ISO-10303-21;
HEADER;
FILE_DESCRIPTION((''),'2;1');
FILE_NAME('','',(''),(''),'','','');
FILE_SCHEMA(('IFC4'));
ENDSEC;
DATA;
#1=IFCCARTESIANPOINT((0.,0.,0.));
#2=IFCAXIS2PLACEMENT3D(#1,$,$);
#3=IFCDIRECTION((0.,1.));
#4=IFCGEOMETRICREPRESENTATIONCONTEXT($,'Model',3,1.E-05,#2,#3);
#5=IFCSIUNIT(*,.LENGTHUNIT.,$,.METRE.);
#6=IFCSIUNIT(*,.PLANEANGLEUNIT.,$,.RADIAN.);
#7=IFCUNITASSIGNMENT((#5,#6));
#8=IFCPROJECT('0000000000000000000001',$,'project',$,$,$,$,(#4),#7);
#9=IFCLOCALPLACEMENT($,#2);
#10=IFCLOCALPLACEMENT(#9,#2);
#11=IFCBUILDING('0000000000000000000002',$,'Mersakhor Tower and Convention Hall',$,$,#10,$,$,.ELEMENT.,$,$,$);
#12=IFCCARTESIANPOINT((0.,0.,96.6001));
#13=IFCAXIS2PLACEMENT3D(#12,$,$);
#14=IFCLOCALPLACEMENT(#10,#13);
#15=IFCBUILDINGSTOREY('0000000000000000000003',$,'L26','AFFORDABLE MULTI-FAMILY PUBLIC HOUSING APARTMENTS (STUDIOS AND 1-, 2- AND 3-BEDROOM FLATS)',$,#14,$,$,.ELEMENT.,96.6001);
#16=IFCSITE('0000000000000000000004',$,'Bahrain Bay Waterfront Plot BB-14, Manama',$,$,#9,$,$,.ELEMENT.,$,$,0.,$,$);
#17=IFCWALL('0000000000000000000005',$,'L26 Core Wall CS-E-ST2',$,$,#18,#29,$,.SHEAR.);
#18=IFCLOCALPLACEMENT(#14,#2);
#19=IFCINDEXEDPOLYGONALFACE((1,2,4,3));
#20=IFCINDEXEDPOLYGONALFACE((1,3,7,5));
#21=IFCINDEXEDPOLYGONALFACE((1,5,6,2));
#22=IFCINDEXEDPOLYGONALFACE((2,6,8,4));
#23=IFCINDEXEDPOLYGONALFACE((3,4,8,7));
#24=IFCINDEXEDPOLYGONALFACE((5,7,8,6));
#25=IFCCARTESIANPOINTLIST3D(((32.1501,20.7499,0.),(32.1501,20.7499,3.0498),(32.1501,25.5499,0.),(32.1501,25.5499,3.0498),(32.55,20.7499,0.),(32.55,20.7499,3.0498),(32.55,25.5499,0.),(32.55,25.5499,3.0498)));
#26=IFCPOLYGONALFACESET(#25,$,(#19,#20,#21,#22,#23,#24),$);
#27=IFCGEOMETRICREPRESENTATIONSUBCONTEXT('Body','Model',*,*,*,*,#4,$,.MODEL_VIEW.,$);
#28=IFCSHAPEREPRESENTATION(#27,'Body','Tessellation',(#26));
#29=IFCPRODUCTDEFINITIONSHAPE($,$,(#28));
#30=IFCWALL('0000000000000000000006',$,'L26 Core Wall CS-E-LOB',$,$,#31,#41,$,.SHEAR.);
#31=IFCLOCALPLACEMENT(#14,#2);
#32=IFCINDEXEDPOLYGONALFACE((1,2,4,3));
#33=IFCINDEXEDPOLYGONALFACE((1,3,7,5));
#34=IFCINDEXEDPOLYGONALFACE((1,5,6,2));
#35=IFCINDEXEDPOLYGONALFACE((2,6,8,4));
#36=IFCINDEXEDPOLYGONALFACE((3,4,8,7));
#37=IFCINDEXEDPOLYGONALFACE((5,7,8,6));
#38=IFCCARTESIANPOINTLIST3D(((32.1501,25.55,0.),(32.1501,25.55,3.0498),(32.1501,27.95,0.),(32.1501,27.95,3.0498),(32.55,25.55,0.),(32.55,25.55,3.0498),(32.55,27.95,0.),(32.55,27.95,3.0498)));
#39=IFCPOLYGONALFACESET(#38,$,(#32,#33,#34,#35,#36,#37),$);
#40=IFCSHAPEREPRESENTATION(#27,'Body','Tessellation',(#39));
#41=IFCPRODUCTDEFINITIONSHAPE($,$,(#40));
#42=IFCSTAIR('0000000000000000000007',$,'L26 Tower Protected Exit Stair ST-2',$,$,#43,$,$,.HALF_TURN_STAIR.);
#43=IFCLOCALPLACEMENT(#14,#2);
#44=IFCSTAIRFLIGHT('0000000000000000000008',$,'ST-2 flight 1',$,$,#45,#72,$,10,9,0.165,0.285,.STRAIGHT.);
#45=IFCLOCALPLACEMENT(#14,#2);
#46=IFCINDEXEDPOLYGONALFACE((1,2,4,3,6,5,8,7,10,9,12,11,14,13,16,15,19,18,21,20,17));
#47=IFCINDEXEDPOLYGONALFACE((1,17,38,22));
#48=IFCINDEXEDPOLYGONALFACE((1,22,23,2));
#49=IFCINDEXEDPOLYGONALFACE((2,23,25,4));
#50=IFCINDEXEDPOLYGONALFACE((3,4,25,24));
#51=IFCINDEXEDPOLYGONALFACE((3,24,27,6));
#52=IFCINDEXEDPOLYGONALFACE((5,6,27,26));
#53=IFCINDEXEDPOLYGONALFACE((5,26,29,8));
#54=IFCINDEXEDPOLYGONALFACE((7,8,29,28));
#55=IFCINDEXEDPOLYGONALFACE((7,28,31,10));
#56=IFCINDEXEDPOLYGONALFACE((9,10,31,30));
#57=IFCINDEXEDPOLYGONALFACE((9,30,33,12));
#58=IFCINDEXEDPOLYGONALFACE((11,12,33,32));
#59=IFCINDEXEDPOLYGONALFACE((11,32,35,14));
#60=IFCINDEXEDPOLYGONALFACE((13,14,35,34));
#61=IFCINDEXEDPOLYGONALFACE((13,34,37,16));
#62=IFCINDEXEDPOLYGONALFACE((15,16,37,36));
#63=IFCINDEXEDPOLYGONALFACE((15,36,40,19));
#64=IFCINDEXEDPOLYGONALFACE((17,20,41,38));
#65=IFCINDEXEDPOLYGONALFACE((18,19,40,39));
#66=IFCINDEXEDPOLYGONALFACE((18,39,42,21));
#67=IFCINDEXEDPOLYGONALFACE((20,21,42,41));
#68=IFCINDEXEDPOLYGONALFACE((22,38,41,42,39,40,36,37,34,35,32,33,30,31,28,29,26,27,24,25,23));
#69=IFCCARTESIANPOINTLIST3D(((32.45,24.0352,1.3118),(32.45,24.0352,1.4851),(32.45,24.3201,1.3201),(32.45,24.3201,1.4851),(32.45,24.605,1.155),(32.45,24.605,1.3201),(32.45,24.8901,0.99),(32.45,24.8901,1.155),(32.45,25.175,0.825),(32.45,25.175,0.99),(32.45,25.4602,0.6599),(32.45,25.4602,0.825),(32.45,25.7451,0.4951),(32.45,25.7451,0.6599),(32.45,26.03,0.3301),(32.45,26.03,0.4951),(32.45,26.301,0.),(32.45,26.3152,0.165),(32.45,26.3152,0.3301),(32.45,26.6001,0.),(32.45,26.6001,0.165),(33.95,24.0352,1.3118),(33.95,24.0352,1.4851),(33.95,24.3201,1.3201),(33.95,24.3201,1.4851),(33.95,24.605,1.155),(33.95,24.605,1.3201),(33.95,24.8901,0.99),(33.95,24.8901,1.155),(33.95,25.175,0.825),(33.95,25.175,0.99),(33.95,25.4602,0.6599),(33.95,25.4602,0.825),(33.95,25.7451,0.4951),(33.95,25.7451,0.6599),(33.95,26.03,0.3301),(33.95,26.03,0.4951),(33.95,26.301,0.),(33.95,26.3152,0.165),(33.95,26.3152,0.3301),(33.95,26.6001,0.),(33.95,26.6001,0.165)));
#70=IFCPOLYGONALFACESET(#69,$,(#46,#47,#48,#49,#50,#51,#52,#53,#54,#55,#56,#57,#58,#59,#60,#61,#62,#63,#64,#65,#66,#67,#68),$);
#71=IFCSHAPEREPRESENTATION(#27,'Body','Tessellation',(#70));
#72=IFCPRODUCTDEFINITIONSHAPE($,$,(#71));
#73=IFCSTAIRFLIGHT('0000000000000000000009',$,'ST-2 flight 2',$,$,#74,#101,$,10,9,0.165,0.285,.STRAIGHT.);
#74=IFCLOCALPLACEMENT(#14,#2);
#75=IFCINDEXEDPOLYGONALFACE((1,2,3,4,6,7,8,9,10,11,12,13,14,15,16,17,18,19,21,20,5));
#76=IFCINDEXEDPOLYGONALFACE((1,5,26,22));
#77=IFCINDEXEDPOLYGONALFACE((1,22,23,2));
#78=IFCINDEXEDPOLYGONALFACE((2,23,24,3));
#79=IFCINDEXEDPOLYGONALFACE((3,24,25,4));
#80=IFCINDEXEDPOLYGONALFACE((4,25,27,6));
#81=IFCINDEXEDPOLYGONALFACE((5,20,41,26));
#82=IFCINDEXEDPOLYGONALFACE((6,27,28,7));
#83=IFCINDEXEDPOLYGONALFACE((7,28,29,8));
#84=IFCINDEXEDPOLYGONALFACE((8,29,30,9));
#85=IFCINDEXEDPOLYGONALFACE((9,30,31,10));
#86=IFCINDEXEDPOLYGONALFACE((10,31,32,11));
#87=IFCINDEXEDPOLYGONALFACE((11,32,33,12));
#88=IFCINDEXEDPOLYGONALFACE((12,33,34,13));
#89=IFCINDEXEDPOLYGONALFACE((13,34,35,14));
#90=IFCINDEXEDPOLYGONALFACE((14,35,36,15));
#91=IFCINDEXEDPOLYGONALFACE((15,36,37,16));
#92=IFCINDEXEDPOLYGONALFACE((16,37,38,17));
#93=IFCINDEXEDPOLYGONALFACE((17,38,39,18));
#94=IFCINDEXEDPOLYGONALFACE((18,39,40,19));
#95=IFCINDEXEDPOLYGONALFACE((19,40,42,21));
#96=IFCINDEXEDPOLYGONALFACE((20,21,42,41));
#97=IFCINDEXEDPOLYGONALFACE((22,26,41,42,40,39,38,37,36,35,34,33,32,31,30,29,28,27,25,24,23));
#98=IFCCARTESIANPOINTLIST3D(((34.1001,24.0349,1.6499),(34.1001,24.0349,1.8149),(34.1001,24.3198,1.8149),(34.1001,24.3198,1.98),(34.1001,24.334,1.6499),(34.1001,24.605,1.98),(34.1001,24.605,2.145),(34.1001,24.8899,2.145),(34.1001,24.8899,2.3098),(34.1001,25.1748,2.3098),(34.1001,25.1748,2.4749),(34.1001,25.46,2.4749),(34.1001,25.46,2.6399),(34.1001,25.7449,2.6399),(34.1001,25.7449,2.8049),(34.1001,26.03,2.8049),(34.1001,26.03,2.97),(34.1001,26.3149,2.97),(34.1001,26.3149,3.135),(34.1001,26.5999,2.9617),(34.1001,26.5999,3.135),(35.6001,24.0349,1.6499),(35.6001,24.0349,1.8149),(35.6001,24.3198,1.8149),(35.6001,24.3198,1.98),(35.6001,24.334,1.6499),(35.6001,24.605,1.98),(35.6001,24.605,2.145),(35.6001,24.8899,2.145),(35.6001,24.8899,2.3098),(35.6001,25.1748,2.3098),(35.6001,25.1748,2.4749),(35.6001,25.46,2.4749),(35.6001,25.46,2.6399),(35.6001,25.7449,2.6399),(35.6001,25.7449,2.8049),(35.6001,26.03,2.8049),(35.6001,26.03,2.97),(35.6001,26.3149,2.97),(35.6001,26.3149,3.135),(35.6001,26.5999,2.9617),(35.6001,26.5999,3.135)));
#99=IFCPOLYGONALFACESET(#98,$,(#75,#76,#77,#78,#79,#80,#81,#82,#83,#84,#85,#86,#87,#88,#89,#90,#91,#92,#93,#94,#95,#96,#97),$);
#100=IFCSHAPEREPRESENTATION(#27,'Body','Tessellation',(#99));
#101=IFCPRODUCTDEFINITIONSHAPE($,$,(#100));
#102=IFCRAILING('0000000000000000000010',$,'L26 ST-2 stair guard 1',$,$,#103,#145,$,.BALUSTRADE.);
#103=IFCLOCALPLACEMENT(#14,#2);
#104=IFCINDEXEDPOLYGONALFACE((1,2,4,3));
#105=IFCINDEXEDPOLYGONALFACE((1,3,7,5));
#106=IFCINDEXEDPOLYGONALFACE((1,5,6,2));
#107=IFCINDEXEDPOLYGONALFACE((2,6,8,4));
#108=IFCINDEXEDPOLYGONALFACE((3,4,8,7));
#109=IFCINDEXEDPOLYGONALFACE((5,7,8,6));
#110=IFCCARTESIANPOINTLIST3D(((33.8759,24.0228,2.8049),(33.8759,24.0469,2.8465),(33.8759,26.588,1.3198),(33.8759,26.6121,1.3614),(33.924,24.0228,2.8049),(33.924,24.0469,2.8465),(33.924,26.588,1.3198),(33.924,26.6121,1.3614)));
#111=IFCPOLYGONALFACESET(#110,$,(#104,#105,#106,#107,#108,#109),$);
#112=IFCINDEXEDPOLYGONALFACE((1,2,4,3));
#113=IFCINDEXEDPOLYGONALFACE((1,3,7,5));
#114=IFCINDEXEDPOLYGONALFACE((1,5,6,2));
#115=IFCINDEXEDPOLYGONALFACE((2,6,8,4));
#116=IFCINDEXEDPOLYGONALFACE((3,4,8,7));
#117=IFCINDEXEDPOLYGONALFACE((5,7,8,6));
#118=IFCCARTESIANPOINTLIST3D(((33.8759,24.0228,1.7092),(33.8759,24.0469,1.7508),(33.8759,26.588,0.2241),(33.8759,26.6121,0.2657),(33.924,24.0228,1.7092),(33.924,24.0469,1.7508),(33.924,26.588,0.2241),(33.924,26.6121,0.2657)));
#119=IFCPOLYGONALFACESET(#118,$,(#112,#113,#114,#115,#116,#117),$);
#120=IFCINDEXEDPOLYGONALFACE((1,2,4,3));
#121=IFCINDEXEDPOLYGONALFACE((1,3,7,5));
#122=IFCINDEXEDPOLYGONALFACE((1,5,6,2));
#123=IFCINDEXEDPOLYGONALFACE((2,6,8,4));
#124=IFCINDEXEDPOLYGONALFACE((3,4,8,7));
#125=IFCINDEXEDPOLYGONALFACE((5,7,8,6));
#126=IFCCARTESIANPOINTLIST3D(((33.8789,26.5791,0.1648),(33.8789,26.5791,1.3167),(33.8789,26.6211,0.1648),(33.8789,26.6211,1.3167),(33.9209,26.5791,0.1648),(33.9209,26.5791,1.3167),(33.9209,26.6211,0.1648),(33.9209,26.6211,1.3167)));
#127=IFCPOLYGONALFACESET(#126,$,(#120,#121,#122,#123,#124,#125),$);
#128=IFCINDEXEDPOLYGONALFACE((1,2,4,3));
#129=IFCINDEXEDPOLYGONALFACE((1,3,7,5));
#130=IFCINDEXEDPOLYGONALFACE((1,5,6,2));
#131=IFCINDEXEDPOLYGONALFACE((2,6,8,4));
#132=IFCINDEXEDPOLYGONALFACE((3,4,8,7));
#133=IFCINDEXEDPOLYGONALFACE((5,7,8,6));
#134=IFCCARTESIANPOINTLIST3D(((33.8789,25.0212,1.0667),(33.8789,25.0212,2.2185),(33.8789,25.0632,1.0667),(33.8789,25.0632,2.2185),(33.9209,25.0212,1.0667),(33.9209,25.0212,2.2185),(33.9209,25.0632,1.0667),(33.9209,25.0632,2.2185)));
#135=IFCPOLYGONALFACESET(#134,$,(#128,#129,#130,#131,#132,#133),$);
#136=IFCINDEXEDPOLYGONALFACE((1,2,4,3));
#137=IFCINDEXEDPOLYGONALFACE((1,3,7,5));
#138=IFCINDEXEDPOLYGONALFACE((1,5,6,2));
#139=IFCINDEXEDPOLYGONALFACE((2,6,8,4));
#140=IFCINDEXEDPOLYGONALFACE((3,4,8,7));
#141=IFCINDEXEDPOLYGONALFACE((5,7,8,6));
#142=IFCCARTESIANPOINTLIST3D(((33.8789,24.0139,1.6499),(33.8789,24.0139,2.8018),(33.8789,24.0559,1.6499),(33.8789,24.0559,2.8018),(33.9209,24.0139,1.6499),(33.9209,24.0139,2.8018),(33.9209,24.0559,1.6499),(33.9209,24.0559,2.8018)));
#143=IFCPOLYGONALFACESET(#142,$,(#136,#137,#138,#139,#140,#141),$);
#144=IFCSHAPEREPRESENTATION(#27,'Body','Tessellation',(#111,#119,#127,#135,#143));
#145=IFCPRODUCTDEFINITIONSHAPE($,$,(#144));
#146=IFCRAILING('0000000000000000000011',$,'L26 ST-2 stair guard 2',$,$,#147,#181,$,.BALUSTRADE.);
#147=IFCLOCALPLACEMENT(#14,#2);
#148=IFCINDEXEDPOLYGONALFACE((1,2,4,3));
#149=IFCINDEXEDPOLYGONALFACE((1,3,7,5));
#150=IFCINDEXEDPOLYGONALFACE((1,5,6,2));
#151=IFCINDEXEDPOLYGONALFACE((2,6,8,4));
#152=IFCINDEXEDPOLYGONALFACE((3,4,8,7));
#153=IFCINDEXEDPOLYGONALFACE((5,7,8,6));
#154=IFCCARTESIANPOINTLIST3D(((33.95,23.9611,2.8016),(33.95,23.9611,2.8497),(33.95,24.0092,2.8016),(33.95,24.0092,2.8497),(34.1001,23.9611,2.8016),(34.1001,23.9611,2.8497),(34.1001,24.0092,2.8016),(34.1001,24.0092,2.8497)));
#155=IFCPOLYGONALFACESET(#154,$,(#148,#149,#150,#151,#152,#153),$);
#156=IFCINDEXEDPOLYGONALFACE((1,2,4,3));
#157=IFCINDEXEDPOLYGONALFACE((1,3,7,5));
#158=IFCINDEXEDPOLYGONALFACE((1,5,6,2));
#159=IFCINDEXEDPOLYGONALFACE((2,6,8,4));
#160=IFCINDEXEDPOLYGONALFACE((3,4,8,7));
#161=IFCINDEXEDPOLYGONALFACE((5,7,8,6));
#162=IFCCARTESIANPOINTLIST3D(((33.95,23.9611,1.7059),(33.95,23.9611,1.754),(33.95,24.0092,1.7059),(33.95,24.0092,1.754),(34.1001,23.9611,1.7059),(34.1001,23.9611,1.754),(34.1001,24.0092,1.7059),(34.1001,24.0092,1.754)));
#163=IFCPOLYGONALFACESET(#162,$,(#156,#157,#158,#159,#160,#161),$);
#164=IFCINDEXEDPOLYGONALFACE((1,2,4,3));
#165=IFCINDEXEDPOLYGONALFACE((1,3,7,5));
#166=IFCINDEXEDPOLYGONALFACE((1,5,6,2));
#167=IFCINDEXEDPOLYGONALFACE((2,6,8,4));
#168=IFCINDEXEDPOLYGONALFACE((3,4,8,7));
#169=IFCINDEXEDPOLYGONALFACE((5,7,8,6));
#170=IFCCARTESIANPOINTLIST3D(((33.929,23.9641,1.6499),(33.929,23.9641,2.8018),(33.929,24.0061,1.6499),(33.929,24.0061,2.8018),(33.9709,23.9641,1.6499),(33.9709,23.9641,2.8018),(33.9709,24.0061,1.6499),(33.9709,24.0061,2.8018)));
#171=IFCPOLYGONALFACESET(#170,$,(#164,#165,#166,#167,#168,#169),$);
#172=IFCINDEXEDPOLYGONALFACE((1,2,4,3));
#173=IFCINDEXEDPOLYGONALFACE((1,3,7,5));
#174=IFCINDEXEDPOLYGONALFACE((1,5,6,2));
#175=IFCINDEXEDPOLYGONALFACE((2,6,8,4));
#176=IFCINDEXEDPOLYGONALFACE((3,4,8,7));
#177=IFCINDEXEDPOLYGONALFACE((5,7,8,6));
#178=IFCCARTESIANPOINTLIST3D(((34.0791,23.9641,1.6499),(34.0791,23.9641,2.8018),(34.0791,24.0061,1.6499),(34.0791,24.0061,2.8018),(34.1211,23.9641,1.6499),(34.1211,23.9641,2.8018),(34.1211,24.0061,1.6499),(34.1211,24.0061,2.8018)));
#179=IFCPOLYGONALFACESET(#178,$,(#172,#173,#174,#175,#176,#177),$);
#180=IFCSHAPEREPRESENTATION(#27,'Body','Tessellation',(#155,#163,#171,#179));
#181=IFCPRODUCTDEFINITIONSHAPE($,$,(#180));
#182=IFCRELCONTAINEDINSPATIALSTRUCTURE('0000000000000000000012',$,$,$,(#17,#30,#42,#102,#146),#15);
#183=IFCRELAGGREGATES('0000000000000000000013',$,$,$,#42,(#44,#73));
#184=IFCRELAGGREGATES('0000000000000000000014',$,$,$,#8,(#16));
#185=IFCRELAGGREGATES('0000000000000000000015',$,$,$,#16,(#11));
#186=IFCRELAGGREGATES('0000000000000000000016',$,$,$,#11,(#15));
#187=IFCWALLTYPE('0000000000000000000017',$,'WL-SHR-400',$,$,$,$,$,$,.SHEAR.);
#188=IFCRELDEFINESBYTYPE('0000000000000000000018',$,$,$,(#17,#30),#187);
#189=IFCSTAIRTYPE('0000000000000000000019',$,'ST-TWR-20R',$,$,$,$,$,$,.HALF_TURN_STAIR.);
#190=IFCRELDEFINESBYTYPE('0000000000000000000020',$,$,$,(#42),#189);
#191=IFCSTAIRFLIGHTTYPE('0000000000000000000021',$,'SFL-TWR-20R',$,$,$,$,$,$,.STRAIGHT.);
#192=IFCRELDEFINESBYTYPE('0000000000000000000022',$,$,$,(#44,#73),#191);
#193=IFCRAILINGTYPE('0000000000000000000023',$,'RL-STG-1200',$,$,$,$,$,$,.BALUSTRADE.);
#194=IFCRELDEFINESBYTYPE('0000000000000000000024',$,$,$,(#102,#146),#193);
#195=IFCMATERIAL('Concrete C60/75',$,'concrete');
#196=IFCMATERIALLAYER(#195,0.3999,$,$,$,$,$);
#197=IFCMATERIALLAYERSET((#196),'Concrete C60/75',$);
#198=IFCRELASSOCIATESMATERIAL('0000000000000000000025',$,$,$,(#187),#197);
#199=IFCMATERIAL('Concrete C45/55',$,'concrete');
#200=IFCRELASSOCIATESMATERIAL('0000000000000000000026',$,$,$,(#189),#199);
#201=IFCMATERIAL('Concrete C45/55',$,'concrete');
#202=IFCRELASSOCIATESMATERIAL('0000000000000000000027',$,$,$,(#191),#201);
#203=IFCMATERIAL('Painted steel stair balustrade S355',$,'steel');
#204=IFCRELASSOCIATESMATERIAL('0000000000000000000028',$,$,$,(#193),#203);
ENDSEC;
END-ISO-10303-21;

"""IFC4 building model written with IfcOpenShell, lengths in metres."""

from ifc_helpers import new_model, si_unit, direction, frame, frame_2d, origin, origin_2d, place, context, subcontext, project, spatial, polyline, rectangle, outline, extrude, material, layer, layer_set, type_object, element, aggregate, save


model = new_model("IFC4")

# Units and contexts
model_context = context("Model", 3, precision=1e-05, world=origin(), true_north=direction((0.0, 1.0)))
body_context = subcontext(model_context, "Body", "Model", "MODEL_VIEW")
ifc_project = project(units=[si_unit("LENGTHUNIT", "METRE"), si_unit("PLANEANGLEUNIT", "RADIAN")], contexts=[model_context])

# Site, building, storey
site_placement = place(None, origin())
site = spatial("IfcSite", under=ifc_project, at=site_placement, Name="Bahrain Bay Waterfront Plot BB-14, Manama", CompositionType="ELEMENT", RefElevation=0.0)
building_placement = place(site_placement, origin())
building = spatial("IfcBuilding", under=site, at=building_placement, Name="Mersakhor Tower and Convention Hall", CompositionType="ELEMENT")
storey_placement = place(building_placement, frame((0.0, 0.0, 96.6001)))
storey = spatial("IfcBuildingStorey", under=building, at=storey_placement, Name="L26", Description="AFFORDABLE MULTI-FAMILY PUBLIC HOUSING APARTMENTS (STUDIOS AND 1-, 2- AND 3-BEDROOM FLATS)", CompositionType="ELEMENT", Elevation=96.6001)

# Shared definitions
ifc_material_1 = material(Name="Concrete C60/75", Category="concrete")
ifc_layer_1 = layer(ifc_material_1, 0.3999)
ifc_layer_set_1 = layer_set([ifc_layer_1], Name="Concrete C60/75")
wall_type_1 = type_object("IfcWallType", Name="WL-SHR-400", PredefinedType="SHEAR", material=ifc_layer_set_1)

# Walls
wall_1_placement = place(storey_placement, frame((32.3501, 20.75, 0.0), z_axis=(0.0, 0.0, 1.0), x_axis=(0.0, 1.0, 0.0)))
element("IfcWall", 1, at=wall_1_placement, inside=storey, type_object=wall_type_1, Name="L26 Core Wall CS-E-ST2", PredefinedType="SHEAR", context=body_context, shape_type="SweptSolid", body=[
    extrude(rectangle(XDim=4.8, YDim=0.3999, at=frame_2d((2.3999, 0.0))), origin(), (0.0, 0.0, 1.0), 3.0498),
])
wall_2_placement = place(storey_placement, frame((32.3501, 25.55, 0.0), z_axis=(0.0, 0.0, 1.0), x_axis=(0.0, 1.0, 0.0)))
element("IfcWall", 2, at=wall_2_placement, inside=storey, type_object=wall_type_1, Name="L26 Core Wall CS-E-LOB", PredefinedType="SHEAR", context=body_context, shape_type="SweptSolid", body=[
    extrude(rectangle(XDim=2.3999, YDim=0.3999, at=frame_2d((1.2, 0.0))), origin(), (0.0, 0.0, 1.0), 3.0498),
])

# Stair, stair flights
ifc_material_2 = material(Name="Concrete C45/55", Category="concrete")
stair_type = type_object("IfcStairType", Name="ST-TWR-20R", PredefinedType="HALF_TURN_STAIR", material=ifc_material_2)
stair_placement = place(storey_placement, origin())
stair = element("IfcStair", 3, at=stair_placement, inside=storey, type_object=stair_type, Name="L26 Tower Protected Exit Stair ST-2", PredefinedType="HALF_TURN_STAIR")
ifc_material_3 = material(Name="Concrete C45/55", Category="concrete")
stair_flight_type = type_object("IfcStairFlightType", Name="SFL-TWR-20R", PredefinedType="STRAIGHT", material=ifc_material_3)
stair_flight_1_placement = place(storey_placement, frame((33.2, 26.6001, 0.0), z_axis=(0.0, 0.0, 1.0), x_axis=(0.0, -1.0, 0.0)))
stair_flight_1 = element("IfcStairFlight", 4, at=stair_flight_1_placement, type_object=stair_flight_type, Name="ST-2 flight 1", NumberOfRisers=10, NumberOfTreads=9, PredefinedType="STRAIGHT", RiserHeight=0.165, TreadLength=0.285, context=body_context, shape_type="SweptSolid", body=[
    extrude(outline(polyline([(0.0, 0.0), (0.0, 0.165), (0.2849, 0.165), (0.2849, 0.3301), (0.5701, 0.3301), (0.5701, 0.4951), (0.855, 0.4951), (0.855, 0.6599), (1.1399, 0.6599), (1.1399, 0.825), (1.425, 0.825), (1.425, 0.99), (1.71, 0.99), (1.71, 1.155), (1.9951, 1.155), (1.9951, 1.3201), (2.28, 1.3201), (2.28, 1.4851), (2.5649, 1.4851), (2.5649, 1.6499), (2.5649, 1.3118), (0.2991, 0.0), (0.0, 0.0)])), frame((0.0, 0.75, 0.0), z_axis=(0.0, -1.0, 0.0), x_axis=(1.0, 0.0, 0.0)), (0.0, 0.0, 1.0), 1.5),
])
stair_flight_2_placement = place(storey_placement, frame((34.8501, 24.0349, 1.6499), z_axis=(0.0, 0.0, 1.0), x_axis=(0.0, 1.0, 0.0)))
stair_flight_2 = element("IfcStairFlight", 5, at=stair_flight_2_placement, type_object=stair_flight_type, Name="ST-2 flight 2", NumberOfRisers=10, NumberOfTreads=9, PredefinedType="STRAIGHT", RiserHeight=0.165, TreadLength=0.285, context=body_context, shape_type="SweptSolid", body=[
    extrude(outline(polyline([(0.0, 0.0), (0.0, 0.165), (0.2849, 0.165), (0.2849, 0.3301), (0.5701, 0.3301), (0.5701, 0.4951), (0.855, 0.4951), (0.855, 0.6599), (1.1399, 0.6599), (1.1399, 0.825), (1.425, 0.825), (1.425, 0.99), (1.71, 0.99), (1.71, 1.155), (1.9951, 1.155), (1.9951, 1.3201), (2.28, 1.3201), (2.28, 1.4851), (2.5649, 1.4851), (2.5649, 1.6499), (2.5649, 1.3118), (0.2991, 0.0), (0.0, 0.0)])), frame((0.0, 0.75, 0.0), z_axis=(0.0, -1.0, 0.0), x_axis=(1.0, 0.0, 0.0)), (0.0, 0.0, 1.0), 1.5),
])
aggregate(stair, [stair_flight_1, stair_flight_2])

# Railings
ifc_material_4 = material(Name="Painted steel stair balustrade S355", Category="steel")
railing_type = type_object("IfcRailingType", Name="RL-STG-1200", PredefinedType="BALUSTRADE", material=ifc_material_4)
railing_1_placement = place(storey_placement, frame((33.8999, 26.6001, 0.1648)))
element("IfcRailing", 6, at=railing_1_placement, inside=storey, type_object=railing_type, Name="L26 ST-2 stair guard 1", PredefinedType="BALUSTRADE", context=body_context, shape_type="SweptSolid", body=[
    extrude(rectangle(XDim=0.0481, YDim=0.0481, at=origin_2d()), frame((0.0, 0.0, 1.1758), z_axis=(0.0, -0.865426, 0.501036), x_axis=(1.0, 0.0, 0.0)), (0.0, 0.0, 1.0), 2.9641),
    extrude(rectangle(XDim=0.0481, YDim=0.0481, at=origin_2d()), frame((0.0, 0.0, 0.0801), z_axis=(0.0, -0.865426, 0.501036), x_axis=(1.0, 0.0, 0.0)), (0.0, 0.0, 1.0), 2.9641),
    extrude(rectangle(XDim=0.042, YDim=0.042, at=origin_2d()), origin(), (0.0, 0.0, 1.0), 1.1519),
    extrude(rectangle(XDim=0.042, YDim=0.042, at=origin_2d()), frame((0.0, -1.5579, 0.9019)), (0.0, 0.0, 1.0), 1.1519),
    extrude(rectangle(XDim=0.042, YDim=0.042, at=origin_2d()), frame((0.0, -2.5652, 1.4851)), (0.0, 0.0, 1.0), 1.1519),
])
railing_2_placement = place(storey_placement, frame((33.95, 23.9851, 1.6499)))
element("IfcRailing", 7, at=railing_2_placement, inside=storey, type_object=railing_type, Name="L26 ST-2 stair guard 2", PredefinedType="BALUSTRADE", context=body_context, shape_type="SweptSolid", body=[
    extrude(rectangle(XDim=0.0481, YDim=0.0481, at=origin_2d()), frame((0.0, 0.0, 1.1758), z_axis=(1.0, 0.0, 0.0), x_axis=(0.0, 1.0, 0.0)), (0.0, 0.0, 1.0), 0.1501),
    extrude(rectangle(XDim=0.0481, YDim=0.0481, at=origin_2d()), frame((0.0, 0.0, 0.0801), z_axis=(1.0, 0.0, 0.0), x_axis=(0.0, 1.0, 0.0)), (0.0, 0.0, 1.0), 0.1501),
    extrude(rectangle(XDim=0.042, YDim=0.042, at=origin_2d()), origin(), (0.0, 0.0, 1.0), 1.1519),
    extrude(rectangle(XDim=0.042, YDim=0.042, at=origin_2d()), frame((0.1501, 0.0, 0.0)), (0.0, 0.0, 1.0), 1.1519),
])

save(model, "model.ifc")
